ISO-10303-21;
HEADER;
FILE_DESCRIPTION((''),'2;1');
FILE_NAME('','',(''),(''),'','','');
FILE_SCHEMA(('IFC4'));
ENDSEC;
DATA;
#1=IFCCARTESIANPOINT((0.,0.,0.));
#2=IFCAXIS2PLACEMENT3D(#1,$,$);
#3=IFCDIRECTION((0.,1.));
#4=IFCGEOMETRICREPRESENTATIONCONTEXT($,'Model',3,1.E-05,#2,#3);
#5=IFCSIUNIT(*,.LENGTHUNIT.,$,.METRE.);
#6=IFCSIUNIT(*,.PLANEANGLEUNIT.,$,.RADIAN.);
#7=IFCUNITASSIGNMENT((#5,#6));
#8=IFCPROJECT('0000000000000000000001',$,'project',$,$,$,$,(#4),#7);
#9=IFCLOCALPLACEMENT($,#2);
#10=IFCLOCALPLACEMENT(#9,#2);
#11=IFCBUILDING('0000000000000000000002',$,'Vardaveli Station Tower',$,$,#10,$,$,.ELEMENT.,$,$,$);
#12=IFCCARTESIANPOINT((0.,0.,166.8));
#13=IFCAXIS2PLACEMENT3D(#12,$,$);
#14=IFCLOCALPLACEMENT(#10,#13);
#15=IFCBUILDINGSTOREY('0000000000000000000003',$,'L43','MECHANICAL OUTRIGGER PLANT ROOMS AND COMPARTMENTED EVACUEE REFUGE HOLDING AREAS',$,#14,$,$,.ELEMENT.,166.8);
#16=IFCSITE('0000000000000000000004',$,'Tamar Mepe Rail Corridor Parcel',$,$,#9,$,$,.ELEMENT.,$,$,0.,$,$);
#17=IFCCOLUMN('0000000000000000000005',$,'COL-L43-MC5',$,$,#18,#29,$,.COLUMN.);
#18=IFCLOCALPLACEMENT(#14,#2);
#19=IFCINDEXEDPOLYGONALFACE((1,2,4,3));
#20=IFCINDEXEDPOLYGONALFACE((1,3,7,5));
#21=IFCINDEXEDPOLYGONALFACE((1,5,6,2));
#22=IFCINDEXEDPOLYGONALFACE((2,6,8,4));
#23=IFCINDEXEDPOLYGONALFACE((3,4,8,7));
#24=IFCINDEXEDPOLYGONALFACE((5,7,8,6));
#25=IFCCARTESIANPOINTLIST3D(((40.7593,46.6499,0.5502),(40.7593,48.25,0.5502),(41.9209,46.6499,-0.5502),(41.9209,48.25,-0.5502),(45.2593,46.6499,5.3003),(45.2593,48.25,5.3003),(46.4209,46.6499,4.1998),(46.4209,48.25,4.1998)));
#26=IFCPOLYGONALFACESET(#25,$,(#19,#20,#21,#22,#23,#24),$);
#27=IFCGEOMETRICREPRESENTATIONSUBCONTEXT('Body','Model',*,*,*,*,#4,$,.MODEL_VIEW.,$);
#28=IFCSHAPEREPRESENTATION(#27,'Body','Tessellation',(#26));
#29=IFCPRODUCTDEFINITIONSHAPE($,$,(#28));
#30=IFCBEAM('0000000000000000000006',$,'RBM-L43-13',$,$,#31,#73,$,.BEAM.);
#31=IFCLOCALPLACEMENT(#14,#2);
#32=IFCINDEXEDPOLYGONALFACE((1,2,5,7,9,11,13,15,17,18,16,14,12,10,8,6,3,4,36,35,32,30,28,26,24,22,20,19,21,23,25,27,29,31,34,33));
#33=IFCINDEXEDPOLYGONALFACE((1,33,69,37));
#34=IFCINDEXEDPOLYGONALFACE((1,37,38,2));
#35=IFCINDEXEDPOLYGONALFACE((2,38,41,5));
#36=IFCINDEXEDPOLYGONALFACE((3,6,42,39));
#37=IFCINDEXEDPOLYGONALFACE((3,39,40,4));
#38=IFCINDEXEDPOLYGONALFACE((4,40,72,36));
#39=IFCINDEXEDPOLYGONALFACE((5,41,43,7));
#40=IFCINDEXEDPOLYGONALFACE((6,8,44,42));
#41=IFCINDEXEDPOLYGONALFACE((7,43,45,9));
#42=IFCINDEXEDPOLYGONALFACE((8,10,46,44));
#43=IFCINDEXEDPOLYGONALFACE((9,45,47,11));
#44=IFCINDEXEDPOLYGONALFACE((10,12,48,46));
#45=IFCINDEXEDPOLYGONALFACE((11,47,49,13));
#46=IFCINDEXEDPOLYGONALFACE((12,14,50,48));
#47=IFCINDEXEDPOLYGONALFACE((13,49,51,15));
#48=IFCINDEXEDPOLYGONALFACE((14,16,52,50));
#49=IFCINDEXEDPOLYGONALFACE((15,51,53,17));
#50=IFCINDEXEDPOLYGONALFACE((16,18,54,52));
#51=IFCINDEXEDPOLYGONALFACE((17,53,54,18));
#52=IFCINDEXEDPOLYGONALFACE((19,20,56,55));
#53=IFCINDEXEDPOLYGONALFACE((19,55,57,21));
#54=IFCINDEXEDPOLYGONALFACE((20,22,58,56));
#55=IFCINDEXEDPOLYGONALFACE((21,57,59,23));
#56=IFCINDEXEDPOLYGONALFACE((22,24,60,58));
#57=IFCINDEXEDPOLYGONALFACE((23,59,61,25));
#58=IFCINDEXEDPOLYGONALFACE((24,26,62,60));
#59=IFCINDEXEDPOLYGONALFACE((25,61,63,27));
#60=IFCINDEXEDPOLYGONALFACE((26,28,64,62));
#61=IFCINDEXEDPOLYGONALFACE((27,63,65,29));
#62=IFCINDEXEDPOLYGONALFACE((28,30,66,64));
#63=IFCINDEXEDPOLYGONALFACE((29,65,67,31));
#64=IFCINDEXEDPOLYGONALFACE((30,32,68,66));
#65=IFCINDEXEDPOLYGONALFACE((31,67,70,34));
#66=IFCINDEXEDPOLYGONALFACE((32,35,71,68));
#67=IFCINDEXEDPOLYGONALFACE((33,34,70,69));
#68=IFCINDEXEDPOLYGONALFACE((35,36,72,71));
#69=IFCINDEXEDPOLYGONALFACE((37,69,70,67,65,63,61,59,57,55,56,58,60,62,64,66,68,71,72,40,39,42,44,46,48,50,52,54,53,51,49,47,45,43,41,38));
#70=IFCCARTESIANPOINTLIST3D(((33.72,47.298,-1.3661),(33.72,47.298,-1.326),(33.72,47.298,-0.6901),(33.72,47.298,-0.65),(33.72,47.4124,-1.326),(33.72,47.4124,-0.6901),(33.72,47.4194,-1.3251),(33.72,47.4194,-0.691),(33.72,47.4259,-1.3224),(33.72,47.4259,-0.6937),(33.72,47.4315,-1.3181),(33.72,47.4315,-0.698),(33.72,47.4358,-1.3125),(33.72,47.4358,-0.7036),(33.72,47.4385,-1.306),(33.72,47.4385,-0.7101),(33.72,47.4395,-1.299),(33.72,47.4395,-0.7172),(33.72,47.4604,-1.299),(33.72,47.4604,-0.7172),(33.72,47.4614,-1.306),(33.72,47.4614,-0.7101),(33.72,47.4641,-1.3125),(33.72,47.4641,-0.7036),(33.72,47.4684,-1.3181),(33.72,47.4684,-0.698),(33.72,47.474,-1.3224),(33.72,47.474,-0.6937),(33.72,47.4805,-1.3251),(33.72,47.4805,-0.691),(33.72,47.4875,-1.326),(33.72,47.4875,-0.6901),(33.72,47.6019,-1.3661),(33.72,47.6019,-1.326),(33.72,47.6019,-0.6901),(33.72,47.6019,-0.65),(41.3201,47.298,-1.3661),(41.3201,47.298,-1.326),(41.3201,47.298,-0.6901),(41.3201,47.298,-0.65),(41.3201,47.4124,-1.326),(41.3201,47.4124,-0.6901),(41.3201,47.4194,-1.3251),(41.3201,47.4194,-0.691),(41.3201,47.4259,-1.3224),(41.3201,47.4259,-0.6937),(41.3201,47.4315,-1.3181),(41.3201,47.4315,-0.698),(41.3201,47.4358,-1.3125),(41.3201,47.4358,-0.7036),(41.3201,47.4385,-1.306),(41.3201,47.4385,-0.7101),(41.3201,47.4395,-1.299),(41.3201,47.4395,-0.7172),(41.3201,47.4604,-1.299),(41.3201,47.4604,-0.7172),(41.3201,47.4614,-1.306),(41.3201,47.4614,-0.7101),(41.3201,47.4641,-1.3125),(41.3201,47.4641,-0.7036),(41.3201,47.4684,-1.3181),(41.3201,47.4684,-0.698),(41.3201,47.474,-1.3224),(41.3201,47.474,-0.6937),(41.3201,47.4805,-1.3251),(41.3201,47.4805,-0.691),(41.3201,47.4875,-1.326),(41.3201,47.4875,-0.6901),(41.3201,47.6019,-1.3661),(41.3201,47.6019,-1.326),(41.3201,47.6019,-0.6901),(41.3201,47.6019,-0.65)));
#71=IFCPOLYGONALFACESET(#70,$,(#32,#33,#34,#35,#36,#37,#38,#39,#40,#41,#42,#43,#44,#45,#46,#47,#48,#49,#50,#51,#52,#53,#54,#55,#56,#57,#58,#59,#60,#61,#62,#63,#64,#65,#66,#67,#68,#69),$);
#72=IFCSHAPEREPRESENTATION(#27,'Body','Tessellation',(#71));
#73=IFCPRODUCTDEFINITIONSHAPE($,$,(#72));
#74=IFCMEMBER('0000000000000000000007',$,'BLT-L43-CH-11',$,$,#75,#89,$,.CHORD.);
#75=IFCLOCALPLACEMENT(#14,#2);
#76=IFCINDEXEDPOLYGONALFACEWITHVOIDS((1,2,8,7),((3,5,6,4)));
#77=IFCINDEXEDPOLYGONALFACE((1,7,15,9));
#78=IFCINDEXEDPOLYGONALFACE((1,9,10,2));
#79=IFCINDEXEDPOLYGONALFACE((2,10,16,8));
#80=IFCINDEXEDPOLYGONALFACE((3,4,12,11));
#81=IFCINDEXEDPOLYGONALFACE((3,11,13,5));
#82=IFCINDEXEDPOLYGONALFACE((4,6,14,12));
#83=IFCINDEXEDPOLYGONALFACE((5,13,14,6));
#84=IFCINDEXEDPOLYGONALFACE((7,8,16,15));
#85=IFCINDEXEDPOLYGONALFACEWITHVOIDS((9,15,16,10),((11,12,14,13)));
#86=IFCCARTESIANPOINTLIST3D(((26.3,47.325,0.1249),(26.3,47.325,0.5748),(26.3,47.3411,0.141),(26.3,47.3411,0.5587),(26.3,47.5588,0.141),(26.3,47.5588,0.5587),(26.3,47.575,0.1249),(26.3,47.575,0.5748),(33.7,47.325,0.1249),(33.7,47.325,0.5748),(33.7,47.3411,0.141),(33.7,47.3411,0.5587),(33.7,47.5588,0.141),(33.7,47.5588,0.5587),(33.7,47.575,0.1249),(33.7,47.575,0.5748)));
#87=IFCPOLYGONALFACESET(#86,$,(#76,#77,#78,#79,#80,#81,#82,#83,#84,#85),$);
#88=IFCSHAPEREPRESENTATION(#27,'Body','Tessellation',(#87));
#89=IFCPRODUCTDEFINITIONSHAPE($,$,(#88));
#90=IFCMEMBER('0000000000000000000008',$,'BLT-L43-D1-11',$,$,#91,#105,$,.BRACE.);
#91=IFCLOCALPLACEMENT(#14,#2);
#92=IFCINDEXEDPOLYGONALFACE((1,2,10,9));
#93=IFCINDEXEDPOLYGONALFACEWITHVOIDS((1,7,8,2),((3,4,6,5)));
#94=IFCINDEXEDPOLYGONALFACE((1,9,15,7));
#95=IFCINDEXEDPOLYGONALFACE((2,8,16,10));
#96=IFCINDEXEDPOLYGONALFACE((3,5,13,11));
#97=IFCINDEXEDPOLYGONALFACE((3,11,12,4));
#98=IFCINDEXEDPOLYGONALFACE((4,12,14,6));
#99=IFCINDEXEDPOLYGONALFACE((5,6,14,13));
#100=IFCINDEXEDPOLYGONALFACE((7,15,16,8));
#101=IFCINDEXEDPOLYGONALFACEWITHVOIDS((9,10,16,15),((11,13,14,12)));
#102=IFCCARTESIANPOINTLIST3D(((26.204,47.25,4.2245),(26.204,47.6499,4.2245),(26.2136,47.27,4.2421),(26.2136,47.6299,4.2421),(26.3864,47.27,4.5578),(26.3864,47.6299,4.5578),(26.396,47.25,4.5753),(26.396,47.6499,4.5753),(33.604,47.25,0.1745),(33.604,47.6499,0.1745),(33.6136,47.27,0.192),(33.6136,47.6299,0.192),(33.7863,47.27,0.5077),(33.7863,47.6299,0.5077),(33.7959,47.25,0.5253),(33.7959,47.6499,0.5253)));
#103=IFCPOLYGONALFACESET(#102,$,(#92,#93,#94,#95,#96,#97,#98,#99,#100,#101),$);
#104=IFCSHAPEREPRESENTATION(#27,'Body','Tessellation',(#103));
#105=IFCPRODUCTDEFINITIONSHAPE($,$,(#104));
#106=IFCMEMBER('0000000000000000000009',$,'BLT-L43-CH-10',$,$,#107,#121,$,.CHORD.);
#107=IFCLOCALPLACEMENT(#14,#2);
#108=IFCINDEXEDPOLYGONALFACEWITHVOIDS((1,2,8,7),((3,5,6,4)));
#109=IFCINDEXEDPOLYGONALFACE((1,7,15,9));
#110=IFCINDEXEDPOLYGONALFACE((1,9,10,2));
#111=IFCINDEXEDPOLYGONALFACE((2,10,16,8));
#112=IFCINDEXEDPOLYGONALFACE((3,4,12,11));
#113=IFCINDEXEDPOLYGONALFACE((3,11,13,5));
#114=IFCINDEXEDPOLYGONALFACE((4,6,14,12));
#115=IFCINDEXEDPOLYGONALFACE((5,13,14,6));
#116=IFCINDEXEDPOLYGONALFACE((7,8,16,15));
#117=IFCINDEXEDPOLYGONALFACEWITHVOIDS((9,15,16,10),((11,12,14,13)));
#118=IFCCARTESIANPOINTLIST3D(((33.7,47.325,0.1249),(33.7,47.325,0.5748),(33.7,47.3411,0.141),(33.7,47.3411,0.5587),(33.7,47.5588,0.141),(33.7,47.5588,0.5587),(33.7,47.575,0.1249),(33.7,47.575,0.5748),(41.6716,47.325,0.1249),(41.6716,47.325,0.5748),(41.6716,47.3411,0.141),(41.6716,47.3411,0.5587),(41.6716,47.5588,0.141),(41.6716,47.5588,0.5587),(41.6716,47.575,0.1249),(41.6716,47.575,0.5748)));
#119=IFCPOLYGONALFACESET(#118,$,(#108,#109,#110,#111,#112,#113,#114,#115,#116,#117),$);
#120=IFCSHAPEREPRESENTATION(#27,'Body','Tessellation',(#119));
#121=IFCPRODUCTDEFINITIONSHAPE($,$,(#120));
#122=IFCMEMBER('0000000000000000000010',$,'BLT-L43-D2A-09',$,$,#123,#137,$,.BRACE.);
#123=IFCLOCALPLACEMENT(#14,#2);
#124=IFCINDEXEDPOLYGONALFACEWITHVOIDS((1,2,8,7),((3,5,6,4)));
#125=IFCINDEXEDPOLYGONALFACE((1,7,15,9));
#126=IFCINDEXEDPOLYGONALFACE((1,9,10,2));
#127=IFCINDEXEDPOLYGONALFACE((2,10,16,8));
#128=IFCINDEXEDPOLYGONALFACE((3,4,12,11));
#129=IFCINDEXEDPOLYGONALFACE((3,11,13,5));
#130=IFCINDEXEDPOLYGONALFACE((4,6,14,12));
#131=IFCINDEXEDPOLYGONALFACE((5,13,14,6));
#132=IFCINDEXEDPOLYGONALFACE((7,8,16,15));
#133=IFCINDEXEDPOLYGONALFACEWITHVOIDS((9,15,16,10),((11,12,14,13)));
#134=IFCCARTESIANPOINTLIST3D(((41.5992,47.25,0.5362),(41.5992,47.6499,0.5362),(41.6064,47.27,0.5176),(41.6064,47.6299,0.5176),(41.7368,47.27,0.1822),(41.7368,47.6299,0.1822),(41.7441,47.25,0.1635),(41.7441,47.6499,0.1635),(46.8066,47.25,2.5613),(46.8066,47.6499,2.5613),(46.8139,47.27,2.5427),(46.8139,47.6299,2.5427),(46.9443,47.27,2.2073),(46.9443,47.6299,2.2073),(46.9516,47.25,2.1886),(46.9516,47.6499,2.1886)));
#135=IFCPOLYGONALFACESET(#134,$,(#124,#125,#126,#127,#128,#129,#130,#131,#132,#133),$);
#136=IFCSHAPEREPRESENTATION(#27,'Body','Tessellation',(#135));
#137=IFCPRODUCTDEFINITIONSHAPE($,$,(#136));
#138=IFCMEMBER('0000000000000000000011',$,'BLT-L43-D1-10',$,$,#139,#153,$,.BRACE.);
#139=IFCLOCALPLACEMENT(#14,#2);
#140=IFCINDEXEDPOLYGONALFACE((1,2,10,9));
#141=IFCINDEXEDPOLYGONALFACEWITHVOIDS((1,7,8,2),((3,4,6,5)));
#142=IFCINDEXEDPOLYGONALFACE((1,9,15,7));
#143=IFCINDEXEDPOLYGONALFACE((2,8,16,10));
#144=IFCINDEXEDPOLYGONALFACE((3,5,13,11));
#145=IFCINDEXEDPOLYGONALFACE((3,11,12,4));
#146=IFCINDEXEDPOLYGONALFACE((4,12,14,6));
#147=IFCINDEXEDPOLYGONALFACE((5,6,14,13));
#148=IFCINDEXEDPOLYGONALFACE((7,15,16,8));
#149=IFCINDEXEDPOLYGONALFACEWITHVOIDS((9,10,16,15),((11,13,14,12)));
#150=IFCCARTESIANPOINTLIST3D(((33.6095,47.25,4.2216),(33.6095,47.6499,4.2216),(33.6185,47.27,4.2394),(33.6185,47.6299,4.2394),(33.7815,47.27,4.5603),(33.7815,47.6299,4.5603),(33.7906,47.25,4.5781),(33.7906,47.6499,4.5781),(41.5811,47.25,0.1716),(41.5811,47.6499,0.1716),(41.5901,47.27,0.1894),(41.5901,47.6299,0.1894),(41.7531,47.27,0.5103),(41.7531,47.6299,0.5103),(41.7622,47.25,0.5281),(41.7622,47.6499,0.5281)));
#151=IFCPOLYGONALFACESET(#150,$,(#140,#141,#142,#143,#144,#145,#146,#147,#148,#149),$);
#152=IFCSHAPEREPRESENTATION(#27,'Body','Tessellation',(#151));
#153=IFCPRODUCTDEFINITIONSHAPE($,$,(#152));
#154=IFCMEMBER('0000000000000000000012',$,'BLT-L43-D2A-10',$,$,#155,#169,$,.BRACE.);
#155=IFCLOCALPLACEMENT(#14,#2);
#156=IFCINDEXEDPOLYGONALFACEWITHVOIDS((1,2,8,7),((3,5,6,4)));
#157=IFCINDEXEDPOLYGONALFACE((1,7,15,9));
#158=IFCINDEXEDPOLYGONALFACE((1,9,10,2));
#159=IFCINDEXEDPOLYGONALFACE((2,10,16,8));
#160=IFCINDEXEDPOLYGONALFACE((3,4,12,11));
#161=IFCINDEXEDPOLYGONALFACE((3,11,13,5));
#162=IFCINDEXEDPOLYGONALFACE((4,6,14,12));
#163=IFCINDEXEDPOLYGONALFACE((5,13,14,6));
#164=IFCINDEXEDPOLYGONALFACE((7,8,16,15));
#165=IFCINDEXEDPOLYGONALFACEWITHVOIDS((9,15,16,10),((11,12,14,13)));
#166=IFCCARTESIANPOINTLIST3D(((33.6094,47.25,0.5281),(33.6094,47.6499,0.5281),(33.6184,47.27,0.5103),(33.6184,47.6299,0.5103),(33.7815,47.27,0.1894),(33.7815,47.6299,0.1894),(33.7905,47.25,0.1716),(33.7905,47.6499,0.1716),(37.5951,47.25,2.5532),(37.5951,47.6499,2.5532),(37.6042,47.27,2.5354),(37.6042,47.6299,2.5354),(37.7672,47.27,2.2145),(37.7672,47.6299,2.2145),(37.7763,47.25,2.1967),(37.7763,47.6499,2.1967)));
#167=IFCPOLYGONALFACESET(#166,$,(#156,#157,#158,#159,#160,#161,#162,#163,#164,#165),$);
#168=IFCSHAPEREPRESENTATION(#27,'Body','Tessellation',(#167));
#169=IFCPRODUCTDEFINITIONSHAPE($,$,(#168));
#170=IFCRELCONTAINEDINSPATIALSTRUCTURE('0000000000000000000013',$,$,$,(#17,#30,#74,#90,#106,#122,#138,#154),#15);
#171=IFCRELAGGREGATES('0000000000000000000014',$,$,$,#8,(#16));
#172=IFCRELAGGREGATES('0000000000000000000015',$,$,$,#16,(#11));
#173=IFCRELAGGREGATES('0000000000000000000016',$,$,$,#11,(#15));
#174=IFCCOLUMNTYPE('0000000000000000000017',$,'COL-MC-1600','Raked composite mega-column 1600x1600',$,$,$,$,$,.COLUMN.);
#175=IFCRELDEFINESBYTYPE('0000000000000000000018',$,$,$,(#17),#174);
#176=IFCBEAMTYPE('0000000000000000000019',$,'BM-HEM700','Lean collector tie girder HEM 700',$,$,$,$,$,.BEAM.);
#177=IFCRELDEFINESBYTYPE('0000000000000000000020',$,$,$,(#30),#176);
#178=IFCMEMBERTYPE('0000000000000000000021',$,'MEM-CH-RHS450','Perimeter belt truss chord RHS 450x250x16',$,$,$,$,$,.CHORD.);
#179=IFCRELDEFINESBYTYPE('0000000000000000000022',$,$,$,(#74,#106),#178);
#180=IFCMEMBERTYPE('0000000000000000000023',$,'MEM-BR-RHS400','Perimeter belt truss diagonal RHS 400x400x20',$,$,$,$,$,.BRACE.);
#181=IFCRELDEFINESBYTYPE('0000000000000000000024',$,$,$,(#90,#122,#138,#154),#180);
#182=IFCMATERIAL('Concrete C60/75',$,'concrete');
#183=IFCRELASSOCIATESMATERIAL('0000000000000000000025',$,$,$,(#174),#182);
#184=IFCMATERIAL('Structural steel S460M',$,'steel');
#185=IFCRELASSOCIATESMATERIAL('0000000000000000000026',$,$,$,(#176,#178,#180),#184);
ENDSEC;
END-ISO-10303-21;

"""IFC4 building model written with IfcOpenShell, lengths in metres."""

from ifc_helpers import new_model, si_unit, direction, frame, origin, origin_2d, place, context, subcontext, project, spatial, rectangle, hollow_rectangle, i_section, extrude, source, transform, mapped, material, material_profile, profile_set, type_object, element, save


model = new_model("IFC4")

# Units and contexts
model_context = context("Model", 3, precision=1e-05, world=origin(), true_north=direction((0.0, 1.0)))
body_context = subcontext(model_context, "Body", "Model", "MODEL_VIEW")
ifc_project = project(units=[si_unit("LENGTHUNIT", "METRE"), si_unit("PLANEANGLEUNIT", "RADIAN")], contexts=[model_context])

# Site, building, storey
site_placement = place(None, origin())
site = spatial("IfcSite", under=ifc_project, at=site_placement, Name="Tamar Mepe Rail Corridor Parcel", CompositionType="ELEMENT", RefElevation=0.0)
building_placement = place(site_placement, origin())
building = spatial("IfcBuilding", under=site, at=building_placement, Name="Vardaveli Station Tower", CompositionType="ELEMENT")
storey_placement = place(building_placement, frame((0.0, 0.0, 166.8)))
storey = spatial("IfcBuildingStorey", under=building, at=storey_placement, Name="L43", Description="MECHANICAL OUTRIGGER PLANT ROOMS AND COMPARTMENTED EVACUEE REFUGE HOLDING AREAS", CompositionType="ELEMENT", Elevation=166.8)

# Column
ifc_material_1 = material(Name="Concrete C60/75", Category="concrete")
ifc_material_profile_1 = material_profile(ifc_material_1, rectangle(XDim=1.6001, YDim=1.6001, at=origin_2d()), Name="MC 1600x1600")
ifc_profile_set_1 = profile_set([ifc_material_profile_1], Name="Concrete C60/75")
column_type = type_object("IfcColumnType", Name="COL-MC-1600", Description="Raked composite mega-column 1600x1600", PredefinedType="COLUMN", material=ifc_profile_set_1)
shared_shape_1 = source(origin(), body_context, "Body", "SweptSolid", [
    extrude(rectangle(XDim=1.6001, YDim=1.6001, at=origin_2d()), origin(), (0.0, 0.0, 1.0), 6.5432),
])
column_placement = place(storey_placement, frame((41.3401, 47.45, 0.0), z_axis=(0.687745, 0.0, 0.725953), x_axis=(0.0, 1.0, 0.0)))
element("IfcColumn", 1, at=column_placement, inside=storey, type_object=column_type, Name="COL-L43-MC5", PredefinedType="COLUMN", context=body_context, shape_type="MappedRepresentation", body=[
    mapped(shared_shape_1, transform((0.0, 0.0, 0.0), scale=1.0)),
])

# Beam
ifc_material_2 = material(Name="Structural steel S460M", Category="steel")
ifc_material_profile_2 = material_profile(ifc_material_2, i_section(OverallWidth=0.304, OverallDepth=0.7161, WebThickness=0.021, FlangeThickness=0.04, FilletRadius=0.0271, at=origin_2d()), Name="HEM 700")
ifc_profile_set_2 = profile_set([ifc_material_profile_2], Name="Structural steel S460M")
beam_type = type_object("IfcBeamType", Name="BM-HEM700", Description="Lean collector tie girder HEM 700", PredefinedType="BEAM", material=ifc_profile_set_2)
shared_shape_2 = source(origin(), body_context, "Body", "SweptSolid", [
    extrude(i_section(OverallWidth=0.304, OverallDepth=0.7161, WebThickness=0.021, FlangeThickness=0.04, FilletRadius=0.0271, at=origin_2d()), origin(), (0.0, 0.0, 1.0), 7.6001),
])
beam_placement = place(storey_placement, frame((41.3201, 47.45, -1.0081), z_axis=(-1.0, 0.0, 0.0), x_axis=(0.0, -1.0, 0.0)))
element("IfcBeam", 2, at=beam_placement, inside=storey, type_object=beam_type, Name="RBM-L43-13", PredefinedType="BEAM", context=body_context, shape_type="MappedRepresentation", body=[
    mapped(shared_shape_2, transform((0.0, 0.0, 0.0), scale=1.0)),
])

# Members
ifc_material_profile_3 = material_profile(ifc_material_2, hollow_rectangle(XDim=0.25, YDim=0.45, WallThickness=0.0161, at=origin_2d()), Name="RHS 450x250x16")
ifc_profile_set_3 = profile_set([ifc_material_profile_3], Name="Structural steel S460M")
member_type_1 = type_object("IfcMemberType", Name="MEM-CH-RHS450", Description="Perimeter belt truss chord RHS 450x250x16", PredefinedType="CHORD", material=ifc_profile_set_3)
shared_shape_3 = source(origin(), body_context, "Body", "SweptSolid", [
    extrude(hollow_rectangle(XDim=0.25, YDim=0.45, WallThickness=0.0161, at=origin_2d()), origin(), (0.0, 0.0, 1.0), 7.3999),
])
member_1_placement = place(storey_placement, frame((33.7, 47.45, 0.3499), z_axis=(-1.0, 0.0, 0.0), x_axis=(0.0, -1.0, 0.0)))
element("IfcMember", 3, at=member_1_placement, inside=storey, type_object=member_type_1, Name="BLT-L43-CH-11", PredefinedType="CHORD", context=body_context, shape_type="MappedRepresentation", body=[
    mapped(shared_shape_3, transform((0.0, 0.0, 0.0), scale=1.0)),
])
ifc_material_profile_4 = material_profile(ifc_material_2, hollow_rectangle(XDim=0.3999, YDim=0.3999, WallThickness=0.02, at=origin_2d()), Name="RHS 400x400x20")
ifc_profile_set_4 = profile_set([ifc_material_profile_4], Name="Structural steel S460M")
member_type_2 = type_object("IfcMemberType", Name="MEM-BR-RHS400", Description="Perimeter belt truss diagonal RHS 400x400x20", PredefinedType="BRACE", material=ifc_profile_set_4)
shared_shape_4 = source(origin(), body_context, "Body", "SweptSolid", [
    extrude(hollow_rectangle(XDim=0.3999, YDim=0.3999, WallThickness=0.02, at=origin_2d()), origin(), (0.0, 0.0, 1.0), 8.4358),
])
member_2_placement = place(storey_placement, frame((33.7, 47.45, 0.3499), z_axis=(-0.87721, 0.0, 0.480107), x_axis=(0.0, -1.0, 0.0)))
element("IfcMember", 4, at=member_2_placement, inside=storey, type_object=member_type_2, Name="BLT-L43-D1-11", PredefinedType="BRACE", context=body_context, shape_type="MappedRepresentation", body=[
    mapped(shared_shape_4, transform((0.0, 0.0, 0.0), scale=1.0)),
])
shared_shape_5 = source(origin(), body_context, "Body", "SweptSolid", [
    extrude(hollow_rectangle(XDim=0.25, YDim=0.45, WallThickness=0.0161, at=origin_2d()), origin(), (0.0, 0.0, 1.0), 7.9717),
])
member_3_placement = place(storey_placement, frame((41.6716, 47.45, 0.3499), z_axis=(-1.0, 0.0, 0.0), x_axis=(0.0, -1.0, 0.0)))
element("IfcMember", 5, at=member_3_placement, inside=storey, type_object=member_type_1, Name="BLT-L43-CH-10", PredefinedType="CHORD", context=body_context, shape_type="MappedRepresentation", body=[
    mapped(shared_shape_5, transform((0.0, 0.0, 0.0), scale=1.0)),
])
shared_shape_6 = source(origin(), body_context, "Body", "SweptSolid", [
    extrude(hollow_rectangle(XDim=0.3999, YDim=0.3999, WallThickness=0.02, at=origin_2d()), origin(), (0.0, 0.0, 1.0), 5.5874),
])
member_4_placement = place(storey_placement, frame((41.6716, 47.45, 0.3499), z_axis=(0.932005, 0.0, 0.362446), x_axis=(0.0, 1.0, 0.0)))
element("IfcMember", 6, at=member_4_placement, inside=storey, type_object=member_type_2, Name="BLT-L43-D2A-09", PredefinedType="BRACE", context=body_context, shape_type="MappedRepresentation", body=[
    mapped(shared_shape_6, transform((0.0, 0.0, 0.0), scale=1.0)),
])
shared_shape_7 = source(origin(), body_context, "Body", "SweptSolid", [
    extrude(hollow_rectangle(XDim=0.3999, YDim=0.3999, WallThickness=0.02, at=origin_2d()), origin(), (0.0, 0.0, 1.0), 8.9414),
])
member_5_placement = place(storey_placement, frame((41.6716, 47.45, 0.3499), z_axis=(-0.891536, 0.0, 0.452949), x_axis=(0.0, -1.0, 0.0)))
element("IfcMember", 7, at=member_5_placement, inside=storey, type_object=member_type_2, Name="BLT-L43-D1-10", PredefinedType="BRACE", context=body_context, shape_type="MappedRepresentation", body=[
    mapped(shared_shape_7, transform((0.0, 0.0, 0.0), scale=1.0)),
])
shared_shape_8 = source(origin(), body_context, "Body", "SweptSolid", [
    extrude(hollow_rectangle(XDim=0.3999, YDim=0.3999, WallThickness=0.02, at=origin_2d()), origin(), (0.0, 0.0, 1.0), 4.4707),
])
member_6_placement = place(storey_placement, frame((33.7, 47.45, 0.3499), z_axis=(0.891525, 0.0, 0.452971), x_axis=(0.0, 1.0, 0.0)))
element("IfcMember", 8, at=member_6_placement, inside=storey, type_object=member_type_2, Name="BLT-L43-D2A-10", PredefinedType="BRACE", context=body_context, shape_type="MappedRepresentation", body=[
    mapped(shared_shape_8, transform((0.0, 0.0, 0.0), scale=1.0)),
])

save(model, "model.ifc")
